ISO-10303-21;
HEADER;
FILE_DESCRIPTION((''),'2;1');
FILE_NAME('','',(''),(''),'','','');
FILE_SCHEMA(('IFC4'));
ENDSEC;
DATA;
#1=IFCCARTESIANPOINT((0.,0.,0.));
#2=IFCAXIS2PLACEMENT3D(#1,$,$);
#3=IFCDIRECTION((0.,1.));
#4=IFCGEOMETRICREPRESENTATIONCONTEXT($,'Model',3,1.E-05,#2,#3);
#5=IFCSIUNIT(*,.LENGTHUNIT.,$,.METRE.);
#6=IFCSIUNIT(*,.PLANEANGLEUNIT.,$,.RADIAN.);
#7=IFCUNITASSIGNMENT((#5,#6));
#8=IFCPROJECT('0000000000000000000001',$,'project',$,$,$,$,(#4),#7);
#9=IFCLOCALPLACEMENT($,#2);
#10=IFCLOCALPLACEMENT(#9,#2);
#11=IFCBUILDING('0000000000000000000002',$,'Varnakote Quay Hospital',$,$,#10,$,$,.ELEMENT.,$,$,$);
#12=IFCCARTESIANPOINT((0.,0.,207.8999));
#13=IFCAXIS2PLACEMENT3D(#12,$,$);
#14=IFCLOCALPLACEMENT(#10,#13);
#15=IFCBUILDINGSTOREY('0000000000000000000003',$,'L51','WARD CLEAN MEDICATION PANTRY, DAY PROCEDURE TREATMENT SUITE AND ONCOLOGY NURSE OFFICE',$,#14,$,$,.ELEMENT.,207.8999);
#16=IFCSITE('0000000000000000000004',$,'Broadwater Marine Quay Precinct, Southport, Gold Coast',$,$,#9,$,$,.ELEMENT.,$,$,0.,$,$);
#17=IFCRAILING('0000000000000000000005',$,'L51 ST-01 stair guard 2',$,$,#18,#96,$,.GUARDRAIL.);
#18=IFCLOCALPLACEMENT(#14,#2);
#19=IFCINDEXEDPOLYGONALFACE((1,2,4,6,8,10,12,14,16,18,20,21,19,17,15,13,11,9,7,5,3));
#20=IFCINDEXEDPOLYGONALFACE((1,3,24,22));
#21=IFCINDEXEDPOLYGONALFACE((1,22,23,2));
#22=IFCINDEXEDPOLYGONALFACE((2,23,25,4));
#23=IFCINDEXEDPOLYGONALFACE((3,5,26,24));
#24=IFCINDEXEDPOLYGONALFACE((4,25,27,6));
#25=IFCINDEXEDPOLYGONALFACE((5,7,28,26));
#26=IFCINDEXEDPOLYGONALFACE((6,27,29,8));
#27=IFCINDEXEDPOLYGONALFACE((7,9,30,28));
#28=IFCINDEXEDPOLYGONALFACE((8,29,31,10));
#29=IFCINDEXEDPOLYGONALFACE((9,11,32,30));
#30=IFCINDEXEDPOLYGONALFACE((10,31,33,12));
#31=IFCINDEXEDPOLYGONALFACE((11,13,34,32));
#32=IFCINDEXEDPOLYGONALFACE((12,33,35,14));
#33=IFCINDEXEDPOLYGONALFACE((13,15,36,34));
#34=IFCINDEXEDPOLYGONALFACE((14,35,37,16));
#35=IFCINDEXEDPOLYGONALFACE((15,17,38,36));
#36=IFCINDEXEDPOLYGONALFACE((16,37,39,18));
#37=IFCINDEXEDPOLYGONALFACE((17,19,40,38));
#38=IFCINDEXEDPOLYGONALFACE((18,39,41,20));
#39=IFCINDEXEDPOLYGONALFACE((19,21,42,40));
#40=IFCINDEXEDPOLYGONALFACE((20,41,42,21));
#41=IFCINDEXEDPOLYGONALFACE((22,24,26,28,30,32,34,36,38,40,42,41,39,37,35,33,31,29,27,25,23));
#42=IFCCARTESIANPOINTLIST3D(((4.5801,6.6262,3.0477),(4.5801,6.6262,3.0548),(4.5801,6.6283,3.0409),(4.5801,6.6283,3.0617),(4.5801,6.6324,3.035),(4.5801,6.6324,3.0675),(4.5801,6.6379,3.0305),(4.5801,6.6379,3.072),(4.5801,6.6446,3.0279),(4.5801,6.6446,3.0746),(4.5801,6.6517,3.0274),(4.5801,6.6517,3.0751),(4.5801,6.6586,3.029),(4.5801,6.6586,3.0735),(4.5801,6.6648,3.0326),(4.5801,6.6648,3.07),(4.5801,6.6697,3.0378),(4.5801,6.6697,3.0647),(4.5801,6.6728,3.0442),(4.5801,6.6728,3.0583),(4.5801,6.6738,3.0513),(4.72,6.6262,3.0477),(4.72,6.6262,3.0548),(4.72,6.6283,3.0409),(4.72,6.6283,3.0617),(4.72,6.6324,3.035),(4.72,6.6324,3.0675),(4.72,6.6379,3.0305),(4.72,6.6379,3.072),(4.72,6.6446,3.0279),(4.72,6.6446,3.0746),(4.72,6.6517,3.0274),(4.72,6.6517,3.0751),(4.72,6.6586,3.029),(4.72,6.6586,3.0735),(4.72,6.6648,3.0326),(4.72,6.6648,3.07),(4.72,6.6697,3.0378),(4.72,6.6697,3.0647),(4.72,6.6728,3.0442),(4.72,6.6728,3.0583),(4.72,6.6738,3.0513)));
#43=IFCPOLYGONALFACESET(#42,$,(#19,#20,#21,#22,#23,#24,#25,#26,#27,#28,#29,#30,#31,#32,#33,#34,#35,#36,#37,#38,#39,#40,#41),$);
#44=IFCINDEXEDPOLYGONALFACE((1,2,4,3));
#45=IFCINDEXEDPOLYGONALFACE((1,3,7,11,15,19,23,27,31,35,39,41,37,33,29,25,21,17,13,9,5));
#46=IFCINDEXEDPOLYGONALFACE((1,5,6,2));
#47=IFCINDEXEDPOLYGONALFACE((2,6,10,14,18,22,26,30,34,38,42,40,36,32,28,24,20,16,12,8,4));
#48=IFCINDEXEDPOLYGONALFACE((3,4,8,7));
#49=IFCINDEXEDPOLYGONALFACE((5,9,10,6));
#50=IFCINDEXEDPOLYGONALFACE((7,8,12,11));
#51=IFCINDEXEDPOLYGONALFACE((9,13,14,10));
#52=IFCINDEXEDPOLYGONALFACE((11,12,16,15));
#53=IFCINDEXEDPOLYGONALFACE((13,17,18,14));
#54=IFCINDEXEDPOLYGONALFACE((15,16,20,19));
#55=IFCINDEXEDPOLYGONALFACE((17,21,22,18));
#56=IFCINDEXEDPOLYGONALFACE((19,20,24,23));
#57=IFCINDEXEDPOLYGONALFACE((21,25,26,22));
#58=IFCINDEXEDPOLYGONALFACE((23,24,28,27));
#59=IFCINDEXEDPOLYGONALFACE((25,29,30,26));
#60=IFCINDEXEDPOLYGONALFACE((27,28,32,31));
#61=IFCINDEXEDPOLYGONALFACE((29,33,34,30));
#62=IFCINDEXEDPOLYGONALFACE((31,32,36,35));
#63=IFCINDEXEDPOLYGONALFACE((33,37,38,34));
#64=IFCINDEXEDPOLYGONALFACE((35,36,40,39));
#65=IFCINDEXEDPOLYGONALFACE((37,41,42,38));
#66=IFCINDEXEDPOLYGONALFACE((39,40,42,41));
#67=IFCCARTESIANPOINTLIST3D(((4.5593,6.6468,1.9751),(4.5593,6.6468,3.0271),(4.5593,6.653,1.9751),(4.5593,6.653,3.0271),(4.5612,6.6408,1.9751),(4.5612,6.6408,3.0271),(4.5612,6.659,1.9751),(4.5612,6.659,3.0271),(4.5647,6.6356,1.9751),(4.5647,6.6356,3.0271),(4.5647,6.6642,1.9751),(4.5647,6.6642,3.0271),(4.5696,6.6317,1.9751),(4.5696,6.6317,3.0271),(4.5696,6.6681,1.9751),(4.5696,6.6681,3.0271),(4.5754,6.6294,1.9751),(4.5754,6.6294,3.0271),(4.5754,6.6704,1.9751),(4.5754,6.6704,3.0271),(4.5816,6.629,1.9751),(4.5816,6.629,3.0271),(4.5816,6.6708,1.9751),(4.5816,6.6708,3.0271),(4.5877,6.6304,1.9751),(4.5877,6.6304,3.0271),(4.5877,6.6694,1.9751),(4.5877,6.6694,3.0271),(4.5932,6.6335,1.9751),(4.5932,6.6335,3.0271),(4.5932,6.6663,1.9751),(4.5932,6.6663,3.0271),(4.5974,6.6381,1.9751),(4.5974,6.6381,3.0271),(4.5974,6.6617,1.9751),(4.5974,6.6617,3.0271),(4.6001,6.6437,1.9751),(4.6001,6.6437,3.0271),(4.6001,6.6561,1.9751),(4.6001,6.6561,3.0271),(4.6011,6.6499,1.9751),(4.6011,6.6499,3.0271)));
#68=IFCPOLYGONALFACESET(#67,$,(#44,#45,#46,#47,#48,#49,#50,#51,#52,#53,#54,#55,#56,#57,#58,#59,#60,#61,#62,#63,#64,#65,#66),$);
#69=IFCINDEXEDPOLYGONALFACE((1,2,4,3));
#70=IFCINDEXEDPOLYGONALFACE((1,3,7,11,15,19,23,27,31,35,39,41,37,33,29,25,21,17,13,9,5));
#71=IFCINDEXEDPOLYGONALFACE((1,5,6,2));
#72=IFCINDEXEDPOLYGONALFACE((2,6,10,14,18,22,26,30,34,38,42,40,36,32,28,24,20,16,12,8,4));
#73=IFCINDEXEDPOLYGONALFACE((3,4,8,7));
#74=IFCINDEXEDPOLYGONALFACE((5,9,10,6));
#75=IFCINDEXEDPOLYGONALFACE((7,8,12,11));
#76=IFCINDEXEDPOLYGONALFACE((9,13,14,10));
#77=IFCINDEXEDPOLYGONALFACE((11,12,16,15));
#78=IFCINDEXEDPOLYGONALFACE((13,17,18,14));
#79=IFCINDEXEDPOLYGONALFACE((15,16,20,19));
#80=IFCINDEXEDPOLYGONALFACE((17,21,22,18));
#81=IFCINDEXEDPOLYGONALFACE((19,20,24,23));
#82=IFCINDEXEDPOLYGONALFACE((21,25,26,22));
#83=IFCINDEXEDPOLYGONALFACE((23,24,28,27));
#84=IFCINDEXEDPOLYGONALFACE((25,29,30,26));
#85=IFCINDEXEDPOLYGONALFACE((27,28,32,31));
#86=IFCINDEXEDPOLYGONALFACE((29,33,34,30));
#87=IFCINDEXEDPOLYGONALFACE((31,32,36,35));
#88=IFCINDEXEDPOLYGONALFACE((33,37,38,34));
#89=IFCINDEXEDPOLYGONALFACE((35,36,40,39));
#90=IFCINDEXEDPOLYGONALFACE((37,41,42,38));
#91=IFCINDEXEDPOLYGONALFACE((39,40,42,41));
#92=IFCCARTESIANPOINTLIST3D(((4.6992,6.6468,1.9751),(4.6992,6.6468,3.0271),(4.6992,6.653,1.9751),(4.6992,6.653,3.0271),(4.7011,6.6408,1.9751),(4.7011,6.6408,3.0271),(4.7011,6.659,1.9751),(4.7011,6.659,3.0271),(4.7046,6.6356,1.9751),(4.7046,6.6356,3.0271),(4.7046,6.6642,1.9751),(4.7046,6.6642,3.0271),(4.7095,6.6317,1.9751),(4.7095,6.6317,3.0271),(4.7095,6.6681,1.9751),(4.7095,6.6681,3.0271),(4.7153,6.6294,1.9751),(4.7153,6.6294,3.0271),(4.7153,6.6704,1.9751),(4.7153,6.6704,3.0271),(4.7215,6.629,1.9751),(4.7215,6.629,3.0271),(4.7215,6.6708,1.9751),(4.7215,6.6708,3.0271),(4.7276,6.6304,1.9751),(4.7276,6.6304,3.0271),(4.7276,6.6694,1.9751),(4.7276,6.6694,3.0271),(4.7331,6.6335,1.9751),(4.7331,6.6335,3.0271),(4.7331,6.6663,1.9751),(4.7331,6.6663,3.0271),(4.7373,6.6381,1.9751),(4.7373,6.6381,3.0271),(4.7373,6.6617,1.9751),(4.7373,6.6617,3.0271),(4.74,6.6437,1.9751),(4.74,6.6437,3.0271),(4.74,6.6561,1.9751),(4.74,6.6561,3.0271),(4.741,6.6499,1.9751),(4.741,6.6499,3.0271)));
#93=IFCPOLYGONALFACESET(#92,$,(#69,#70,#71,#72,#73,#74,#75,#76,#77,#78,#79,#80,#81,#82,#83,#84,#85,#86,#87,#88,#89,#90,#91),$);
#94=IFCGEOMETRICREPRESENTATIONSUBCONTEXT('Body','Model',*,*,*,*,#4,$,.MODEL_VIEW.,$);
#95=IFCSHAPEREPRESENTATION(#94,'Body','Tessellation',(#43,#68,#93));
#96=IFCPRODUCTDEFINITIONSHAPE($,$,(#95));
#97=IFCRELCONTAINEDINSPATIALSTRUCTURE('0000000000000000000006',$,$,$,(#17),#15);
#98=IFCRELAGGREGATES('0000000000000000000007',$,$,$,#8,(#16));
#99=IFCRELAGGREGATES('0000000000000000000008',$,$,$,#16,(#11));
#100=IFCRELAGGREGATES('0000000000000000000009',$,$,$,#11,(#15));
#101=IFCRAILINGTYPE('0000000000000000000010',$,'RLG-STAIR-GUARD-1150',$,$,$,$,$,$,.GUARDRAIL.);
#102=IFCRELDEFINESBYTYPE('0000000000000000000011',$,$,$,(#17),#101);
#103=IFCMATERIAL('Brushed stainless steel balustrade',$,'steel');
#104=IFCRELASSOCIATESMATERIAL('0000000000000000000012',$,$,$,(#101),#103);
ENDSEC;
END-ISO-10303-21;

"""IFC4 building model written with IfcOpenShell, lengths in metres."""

from ifc_helpers import new_model, si_unit, direction, frame, origin, origin_2d, place, context, subcontext, project, spatial, circle, extrude, material, type_object, element, save


model = new_model("IFC4")

# Units and contexts
model_context = context("Model", 3, precision=1e-05, world=origin(), true_north=direction((0.0, 1.0)))
body_context = subcontext(model_context, "Body", "Model", "MODEL_VIEW")
ifc_project = project(units=[si_unit("LENGTHUNIT", "METRE"), si_unit("PLANEANGLEUNIT", "RADIAN")], contexts=[model_context])

# Site, building, storey
site_placement = place(None, origin())
site = spatial("IfcSite", under=ifc_project, at=site_placement, Name="Broadwater Marine Quay Precinct, Southport, Gold Coast", CompositionType="ELEMENT", RefElevation=0.0)
building_placement = place(site_placement, origin())
building = spatial("IfcBuilding", under=site, at=building_placement, Name="Varnakote Quay Hospital", CompositionType="ELEMENT")
storey_placement = place(building_placement, frame((0.0, 0.0, 207.8999)))
storey = spatial("IfcBuildingStorey", under=building, at=storey_placement, Name="L51", Description="WARD CLEAN MEDICATION PANTRY, DAY PROCEDURE TREATMENT SUITE AND ONCOLOGY NURSE OFFICE", CompositionType="ELEMENT", Elevation=207.8999)

# Railing
ifc_material_1 = material(Name="Brushed stainless steel balustrade", Category="steel")
railing_type_1 = type_object("IfcRailingType", Name="RLG-STAIR-GUARD-1150", PredefinedType="GUARDRAIL", material=ifc_material_1)
railing_1_placement = place(storey_placement, frame((4.5801, 6.6499, 1.9751)))
element("IfcRailing", 1, at=railing_1_placement, inside=storey, type_object=railing_type_1, Name="L51 ST-01 stair guard 2", PredefinedType="GUARDRAIL", context=body_context, shape_type="SweptSolid", body=[
    extrude(circle(Radius=0.0239, at=origin_2d()), frame((0.0, 0.0, 1.0762), z_axis=(1.0, 0.0, 0.0), x_axis=(0.0, 1.0, 0.0)), (0.0, 0.0, 1.0), 0.1399),
    extrude(circle(Radius=0.021, at=origin_2d()), origin(), (0.0, 0.0, 1.0), 1.052),
    extrude(circle(Radius=0.021, at=origin_2d()), frame((0.1399, 0.0, 0.0)), (0.0, 0.0, 1.0), 1.052),
])

save(model, "model.ifc")
